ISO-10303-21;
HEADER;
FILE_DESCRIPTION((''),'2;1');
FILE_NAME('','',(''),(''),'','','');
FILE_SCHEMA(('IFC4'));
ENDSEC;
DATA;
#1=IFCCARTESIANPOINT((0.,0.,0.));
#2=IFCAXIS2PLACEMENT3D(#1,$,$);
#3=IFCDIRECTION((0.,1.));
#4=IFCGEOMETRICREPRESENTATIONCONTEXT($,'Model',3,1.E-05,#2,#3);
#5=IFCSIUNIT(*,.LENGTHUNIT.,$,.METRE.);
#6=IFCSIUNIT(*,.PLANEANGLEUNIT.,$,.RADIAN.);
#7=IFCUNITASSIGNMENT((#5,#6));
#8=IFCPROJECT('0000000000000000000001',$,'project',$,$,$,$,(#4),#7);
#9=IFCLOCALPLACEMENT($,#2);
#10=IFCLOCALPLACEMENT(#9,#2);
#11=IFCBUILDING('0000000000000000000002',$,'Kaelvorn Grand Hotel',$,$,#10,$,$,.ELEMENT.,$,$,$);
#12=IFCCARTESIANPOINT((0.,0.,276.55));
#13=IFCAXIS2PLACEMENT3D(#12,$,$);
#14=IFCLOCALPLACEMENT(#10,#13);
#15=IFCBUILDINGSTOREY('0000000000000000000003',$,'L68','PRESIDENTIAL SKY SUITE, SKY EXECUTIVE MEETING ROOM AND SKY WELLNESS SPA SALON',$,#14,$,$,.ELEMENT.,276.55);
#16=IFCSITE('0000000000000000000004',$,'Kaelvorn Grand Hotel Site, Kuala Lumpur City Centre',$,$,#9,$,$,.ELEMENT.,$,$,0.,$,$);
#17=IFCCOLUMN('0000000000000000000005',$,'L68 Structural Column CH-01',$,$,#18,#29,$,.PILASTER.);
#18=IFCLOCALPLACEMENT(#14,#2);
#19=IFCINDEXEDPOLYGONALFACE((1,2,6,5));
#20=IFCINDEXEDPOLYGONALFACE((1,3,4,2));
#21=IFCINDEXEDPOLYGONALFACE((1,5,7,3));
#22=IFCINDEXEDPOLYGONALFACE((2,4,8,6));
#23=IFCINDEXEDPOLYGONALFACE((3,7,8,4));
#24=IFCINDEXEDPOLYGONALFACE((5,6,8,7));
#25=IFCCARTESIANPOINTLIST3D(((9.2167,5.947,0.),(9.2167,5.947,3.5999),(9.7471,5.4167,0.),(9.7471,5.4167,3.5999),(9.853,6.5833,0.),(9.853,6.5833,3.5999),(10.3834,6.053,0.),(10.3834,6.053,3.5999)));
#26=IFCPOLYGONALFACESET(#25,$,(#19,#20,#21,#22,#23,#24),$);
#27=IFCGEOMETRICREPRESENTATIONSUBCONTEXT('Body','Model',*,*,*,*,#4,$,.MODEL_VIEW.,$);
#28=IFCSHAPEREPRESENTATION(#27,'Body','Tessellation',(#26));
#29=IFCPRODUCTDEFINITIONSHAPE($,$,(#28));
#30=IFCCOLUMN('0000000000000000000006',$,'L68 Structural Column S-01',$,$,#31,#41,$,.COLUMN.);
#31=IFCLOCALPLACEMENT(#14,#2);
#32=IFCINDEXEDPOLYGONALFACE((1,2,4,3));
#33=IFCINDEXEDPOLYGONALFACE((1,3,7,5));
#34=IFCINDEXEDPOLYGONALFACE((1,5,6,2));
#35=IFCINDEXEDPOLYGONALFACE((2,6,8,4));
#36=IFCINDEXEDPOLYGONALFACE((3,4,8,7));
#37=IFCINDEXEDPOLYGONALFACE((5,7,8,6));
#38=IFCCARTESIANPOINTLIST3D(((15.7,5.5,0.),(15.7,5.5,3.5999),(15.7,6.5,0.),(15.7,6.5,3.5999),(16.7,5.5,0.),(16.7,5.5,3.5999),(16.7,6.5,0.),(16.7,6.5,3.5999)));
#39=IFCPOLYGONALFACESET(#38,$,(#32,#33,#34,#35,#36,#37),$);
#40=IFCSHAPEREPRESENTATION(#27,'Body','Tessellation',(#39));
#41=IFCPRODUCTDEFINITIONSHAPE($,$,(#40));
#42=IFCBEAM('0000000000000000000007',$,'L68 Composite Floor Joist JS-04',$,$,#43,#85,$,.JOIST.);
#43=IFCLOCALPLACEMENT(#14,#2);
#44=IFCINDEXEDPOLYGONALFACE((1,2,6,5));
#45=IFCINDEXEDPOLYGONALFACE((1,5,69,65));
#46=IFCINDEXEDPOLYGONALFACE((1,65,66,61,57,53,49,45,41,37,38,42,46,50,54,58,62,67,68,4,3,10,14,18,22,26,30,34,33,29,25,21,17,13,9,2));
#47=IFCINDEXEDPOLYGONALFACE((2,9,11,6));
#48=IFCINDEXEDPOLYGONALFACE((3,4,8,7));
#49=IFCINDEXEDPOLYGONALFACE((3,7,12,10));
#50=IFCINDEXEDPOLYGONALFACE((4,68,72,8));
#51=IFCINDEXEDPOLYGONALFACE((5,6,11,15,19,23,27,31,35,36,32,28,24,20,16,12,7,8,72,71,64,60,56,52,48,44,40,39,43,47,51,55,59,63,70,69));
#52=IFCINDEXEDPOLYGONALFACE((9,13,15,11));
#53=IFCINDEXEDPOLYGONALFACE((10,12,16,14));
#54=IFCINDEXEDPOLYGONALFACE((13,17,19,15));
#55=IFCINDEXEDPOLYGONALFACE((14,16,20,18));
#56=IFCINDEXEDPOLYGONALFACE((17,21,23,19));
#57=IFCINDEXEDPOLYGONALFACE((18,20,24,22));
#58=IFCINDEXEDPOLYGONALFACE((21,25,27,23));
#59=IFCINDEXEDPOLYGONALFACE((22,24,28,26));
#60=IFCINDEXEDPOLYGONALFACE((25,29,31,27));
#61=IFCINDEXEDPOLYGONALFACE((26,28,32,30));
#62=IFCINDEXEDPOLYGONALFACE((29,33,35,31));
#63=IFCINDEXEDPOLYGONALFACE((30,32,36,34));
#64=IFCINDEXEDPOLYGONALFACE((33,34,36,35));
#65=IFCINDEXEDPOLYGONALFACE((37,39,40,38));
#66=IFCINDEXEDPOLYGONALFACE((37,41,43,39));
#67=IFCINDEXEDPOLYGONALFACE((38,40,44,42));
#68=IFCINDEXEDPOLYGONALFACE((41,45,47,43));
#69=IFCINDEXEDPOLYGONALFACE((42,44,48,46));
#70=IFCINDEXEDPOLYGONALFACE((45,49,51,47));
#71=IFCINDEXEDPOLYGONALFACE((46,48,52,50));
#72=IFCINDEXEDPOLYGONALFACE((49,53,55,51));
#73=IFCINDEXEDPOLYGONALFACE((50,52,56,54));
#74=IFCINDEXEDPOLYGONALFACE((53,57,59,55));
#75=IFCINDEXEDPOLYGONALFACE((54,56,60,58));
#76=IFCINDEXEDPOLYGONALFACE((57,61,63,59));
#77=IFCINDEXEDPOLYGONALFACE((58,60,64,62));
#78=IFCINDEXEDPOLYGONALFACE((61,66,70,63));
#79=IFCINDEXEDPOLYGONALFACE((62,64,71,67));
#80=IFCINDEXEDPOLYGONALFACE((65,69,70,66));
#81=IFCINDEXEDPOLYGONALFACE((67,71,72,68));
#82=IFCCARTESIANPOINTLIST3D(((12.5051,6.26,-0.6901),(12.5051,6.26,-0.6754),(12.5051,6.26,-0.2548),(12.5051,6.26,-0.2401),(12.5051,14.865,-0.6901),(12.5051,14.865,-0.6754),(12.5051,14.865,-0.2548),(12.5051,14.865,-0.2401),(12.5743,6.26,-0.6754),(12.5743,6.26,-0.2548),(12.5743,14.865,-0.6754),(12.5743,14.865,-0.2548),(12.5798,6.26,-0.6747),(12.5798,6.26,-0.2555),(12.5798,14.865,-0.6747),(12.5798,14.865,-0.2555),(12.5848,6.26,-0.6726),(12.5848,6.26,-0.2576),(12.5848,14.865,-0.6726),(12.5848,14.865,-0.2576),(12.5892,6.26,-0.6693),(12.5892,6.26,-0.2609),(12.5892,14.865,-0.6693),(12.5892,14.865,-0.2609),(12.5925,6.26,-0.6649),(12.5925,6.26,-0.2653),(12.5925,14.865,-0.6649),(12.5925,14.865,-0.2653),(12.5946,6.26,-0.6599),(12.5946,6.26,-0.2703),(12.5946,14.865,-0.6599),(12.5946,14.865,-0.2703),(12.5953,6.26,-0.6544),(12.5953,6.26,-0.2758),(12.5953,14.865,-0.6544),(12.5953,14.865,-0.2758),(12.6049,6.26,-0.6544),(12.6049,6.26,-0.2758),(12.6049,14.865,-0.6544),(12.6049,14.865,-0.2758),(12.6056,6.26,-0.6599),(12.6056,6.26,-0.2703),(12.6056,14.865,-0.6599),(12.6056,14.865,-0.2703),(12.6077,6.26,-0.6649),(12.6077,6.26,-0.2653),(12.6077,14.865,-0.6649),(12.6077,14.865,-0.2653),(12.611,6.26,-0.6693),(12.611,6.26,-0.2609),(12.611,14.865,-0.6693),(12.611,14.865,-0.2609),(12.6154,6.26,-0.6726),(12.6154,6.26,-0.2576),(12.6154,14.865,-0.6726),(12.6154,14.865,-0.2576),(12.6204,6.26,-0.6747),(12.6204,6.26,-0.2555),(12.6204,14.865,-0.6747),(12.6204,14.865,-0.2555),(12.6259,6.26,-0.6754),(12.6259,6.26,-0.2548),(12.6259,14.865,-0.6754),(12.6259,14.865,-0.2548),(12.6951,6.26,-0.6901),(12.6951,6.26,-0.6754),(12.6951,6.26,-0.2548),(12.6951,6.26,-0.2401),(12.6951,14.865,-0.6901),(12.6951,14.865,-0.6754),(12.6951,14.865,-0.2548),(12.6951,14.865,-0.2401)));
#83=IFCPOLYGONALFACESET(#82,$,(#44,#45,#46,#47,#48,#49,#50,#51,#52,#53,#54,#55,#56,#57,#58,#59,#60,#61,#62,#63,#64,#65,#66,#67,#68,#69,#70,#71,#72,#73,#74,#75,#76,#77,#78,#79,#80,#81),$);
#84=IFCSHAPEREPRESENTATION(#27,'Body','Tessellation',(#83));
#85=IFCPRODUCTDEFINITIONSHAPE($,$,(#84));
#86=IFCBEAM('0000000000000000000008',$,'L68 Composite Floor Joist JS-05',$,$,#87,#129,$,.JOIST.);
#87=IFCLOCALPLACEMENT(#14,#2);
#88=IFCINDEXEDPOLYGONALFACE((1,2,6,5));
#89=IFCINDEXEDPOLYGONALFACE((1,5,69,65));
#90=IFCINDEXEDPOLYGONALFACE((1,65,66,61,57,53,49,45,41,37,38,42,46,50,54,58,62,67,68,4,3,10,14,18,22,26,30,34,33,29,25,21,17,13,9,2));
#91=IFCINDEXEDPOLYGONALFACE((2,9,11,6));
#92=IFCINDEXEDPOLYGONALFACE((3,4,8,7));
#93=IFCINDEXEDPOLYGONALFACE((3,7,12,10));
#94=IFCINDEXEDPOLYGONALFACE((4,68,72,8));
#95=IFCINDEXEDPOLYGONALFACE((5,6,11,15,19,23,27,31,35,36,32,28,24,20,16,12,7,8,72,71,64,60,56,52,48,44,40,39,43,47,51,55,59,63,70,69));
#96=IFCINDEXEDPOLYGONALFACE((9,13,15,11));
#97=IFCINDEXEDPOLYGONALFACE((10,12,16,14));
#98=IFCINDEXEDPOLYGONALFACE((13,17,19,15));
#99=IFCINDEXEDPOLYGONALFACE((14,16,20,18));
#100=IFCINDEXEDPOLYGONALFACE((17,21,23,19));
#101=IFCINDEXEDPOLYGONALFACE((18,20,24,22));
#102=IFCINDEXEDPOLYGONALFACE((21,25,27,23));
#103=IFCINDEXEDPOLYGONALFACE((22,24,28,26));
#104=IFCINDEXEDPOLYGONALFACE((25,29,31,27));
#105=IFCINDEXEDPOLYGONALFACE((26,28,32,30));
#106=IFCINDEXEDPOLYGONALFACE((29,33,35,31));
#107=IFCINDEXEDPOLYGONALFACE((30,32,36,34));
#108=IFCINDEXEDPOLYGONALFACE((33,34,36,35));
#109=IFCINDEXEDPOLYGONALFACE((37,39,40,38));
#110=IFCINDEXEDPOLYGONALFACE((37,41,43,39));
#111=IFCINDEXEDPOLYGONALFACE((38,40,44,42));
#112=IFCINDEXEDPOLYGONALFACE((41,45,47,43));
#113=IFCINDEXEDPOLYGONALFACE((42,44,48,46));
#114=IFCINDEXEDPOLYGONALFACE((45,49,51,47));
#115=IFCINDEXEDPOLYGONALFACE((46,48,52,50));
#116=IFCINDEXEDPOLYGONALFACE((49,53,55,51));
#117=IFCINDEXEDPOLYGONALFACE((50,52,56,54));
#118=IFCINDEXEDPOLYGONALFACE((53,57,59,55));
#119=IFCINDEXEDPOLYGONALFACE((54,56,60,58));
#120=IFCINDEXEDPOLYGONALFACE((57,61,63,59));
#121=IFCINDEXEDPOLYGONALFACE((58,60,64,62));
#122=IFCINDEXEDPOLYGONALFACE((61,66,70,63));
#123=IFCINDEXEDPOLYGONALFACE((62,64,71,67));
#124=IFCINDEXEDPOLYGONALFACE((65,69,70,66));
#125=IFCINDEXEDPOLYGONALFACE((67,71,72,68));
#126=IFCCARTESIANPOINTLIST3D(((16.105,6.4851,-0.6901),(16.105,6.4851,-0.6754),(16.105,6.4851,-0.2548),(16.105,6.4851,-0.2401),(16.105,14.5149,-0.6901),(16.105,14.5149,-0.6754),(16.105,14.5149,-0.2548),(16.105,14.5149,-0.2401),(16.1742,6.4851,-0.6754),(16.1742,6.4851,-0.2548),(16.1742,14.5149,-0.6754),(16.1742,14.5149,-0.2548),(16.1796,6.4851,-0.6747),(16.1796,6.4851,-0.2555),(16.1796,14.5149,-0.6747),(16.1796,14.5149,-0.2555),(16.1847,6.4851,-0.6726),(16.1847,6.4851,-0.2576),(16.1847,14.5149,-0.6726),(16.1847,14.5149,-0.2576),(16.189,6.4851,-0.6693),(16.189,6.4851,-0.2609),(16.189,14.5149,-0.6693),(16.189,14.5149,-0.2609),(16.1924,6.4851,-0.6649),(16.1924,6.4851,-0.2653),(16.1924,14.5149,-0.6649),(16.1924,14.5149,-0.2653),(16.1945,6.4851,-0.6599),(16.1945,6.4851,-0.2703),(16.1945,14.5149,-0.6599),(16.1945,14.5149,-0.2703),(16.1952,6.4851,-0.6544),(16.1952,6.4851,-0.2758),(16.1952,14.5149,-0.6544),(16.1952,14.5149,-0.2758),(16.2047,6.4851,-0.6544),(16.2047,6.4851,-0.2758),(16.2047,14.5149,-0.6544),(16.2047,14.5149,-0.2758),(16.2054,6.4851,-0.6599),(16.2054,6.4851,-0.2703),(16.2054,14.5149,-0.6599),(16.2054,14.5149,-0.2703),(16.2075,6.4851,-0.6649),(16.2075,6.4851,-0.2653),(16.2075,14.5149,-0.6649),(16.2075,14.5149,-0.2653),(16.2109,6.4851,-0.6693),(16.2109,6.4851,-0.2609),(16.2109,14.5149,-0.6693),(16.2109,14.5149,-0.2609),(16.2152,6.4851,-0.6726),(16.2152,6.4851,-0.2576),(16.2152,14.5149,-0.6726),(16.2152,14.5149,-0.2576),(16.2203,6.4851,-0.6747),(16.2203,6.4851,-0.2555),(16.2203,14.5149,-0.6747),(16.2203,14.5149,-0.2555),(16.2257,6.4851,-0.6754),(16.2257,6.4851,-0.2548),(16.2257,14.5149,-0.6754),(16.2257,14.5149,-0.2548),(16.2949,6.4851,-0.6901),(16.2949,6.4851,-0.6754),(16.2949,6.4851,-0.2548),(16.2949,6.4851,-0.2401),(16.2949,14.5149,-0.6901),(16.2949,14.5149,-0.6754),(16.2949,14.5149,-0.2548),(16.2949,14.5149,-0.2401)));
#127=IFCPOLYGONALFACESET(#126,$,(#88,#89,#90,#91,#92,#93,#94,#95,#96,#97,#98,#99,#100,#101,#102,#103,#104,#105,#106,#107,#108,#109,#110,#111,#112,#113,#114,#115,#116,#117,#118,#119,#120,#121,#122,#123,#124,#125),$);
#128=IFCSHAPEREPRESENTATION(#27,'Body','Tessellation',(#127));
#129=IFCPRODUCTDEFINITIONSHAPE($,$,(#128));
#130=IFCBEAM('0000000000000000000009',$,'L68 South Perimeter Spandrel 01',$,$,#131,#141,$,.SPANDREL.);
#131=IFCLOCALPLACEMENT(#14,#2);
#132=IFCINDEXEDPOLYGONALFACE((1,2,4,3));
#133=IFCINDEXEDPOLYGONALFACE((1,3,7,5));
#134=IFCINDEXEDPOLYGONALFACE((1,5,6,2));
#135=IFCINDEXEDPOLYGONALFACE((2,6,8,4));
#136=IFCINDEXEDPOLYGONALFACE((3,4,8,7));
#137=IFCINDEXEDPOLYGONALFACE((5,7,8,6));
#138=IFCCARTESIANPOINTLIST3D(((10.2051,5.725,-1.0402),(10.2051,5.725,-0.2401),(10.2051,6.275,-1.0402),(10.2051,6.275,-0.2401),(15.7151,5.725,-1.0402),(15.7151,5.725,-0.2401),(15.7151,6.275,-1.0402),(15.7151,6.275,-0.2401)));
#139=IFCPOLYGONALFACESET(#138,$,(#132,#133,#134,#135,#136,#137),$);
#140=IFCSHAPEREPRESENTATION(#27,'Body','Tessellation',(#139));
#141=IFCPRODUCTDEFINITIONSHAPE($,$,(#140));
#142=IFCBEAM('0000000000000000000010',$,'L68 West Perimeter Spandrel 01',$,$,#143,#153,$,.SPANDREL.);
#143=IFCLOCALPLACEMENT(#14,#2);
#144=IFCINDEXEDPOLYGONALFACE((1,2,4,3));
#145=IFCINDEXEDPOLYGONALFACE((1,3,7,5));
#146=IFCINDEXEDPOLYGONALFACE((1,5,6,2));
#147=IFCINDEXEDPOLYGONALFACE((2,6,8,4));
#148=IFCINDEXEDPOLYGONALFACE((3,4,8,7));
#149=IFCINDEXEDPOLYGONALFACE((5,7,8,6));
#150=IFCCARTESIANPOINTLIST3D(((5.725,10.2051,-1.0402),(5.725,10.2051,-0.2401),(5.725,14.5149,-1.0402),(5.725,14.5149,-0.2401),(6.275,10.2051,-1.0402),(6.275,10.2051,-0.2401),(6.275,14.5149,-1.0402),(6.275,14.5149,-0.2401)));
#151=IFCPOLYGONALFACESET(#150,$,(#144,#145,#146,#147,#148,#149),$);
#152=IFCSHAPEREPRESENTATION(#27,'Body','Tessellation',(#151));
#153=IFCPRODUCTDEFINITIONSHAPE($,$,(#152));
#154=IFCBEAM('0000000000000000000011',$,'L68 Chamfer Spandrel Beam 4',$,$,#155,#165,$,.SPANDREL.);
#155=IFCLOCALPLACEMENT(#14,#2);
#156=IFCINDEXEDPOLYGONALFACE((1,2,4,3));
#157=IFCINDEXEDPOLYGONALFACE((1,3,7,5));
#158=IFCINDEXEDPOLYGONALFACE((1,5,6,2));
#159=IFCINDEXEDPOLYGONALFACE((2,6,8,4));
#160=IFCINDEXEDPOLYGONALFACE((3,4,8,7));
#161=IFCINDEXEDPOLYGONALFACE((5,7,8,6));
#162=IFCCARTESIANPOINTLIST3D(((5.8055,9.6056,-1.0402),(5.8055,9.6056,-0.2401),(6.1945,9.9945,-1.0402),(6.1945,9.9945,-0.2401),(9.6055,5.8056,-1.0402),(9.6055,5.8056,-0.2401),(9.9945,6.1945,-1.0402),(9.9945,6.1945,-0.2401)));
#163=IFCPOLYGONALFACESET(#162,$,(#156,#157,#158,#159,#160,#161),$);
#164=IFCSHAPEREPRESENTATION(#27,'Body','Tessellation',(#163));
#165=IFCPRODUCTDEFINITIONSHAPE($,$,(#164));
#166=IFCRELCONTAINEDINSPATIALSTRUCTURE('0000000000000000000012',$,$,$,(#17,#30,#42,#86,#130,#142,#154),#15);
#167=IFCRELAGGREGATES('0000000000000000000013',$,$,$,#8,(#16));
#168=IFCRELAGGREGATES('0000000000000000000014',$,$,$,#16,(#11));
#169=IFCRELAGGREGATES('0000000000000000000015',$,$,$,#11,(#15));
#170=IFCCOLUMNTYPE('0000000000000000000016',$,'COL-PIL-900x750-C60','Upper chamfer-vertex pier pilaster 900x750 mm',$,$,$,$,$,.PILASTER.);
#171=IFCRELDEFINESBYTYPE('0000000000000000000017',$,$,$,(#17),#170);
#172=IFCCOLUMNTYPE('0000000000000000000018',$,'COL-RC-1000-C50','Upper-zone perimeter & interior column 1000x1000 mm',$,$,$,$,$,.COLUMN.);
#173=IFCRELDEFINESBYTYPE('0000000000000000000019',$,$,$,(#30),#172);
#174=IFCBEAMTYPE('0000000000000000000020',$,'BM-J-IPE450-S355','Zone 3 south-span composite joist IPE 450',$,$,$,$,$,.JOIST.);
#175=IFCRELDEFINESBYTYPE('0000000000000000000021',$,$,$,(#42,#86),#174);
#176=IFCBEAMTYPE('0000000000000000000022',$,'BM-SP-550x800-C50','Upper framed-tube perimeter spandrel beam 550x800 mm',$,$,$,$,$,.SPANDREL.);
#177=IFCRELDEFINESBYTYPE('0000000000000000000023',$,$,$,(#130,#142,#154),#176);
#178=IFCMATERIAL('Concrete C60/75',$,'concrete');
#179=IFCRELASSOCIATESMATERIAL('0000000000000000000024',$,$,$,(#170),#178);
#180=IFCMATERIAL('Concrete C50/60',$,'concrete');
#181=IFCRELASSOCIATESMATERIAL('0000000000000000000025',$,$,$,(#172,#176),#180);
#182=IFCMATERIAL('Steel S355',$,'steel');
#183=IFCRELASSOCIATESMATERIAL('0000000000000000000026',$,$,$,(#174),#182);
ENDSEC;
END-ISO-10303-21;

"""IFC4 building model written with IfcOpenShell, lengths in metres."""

from ifc_helpers import new_model, si_unit, direction, frame, origin, origin_2d, place, context, subcontext, project, spatial, rectangle, i_section, extrude, material, material_profile, profile_set, type_object, element, save


model = new_model("IFC4")

# Units and contexts
model_context = context("Model", 3, precision=1e-05, world=origin(), true_north=direction((0.0, 1.0)))
body_context = subcontext(model_context, "Body", "Model", "MODEL_VIEW")
ifc_project = project(units=[si_unit("LENGTHUNIT", "METRE"), si_unit("PLANEANGLEUNIT", "RADIAN")], contexts=[model_context])

# Site, building, storey
site_placement = place(None, origin())
site = spatial("IfcSite", under=ifc_project, at=site_placement, Name="Kaelvorn Grand Hotel Site, Kuala Lumpur City Centre", CompositionType="ELEMENT", RefElevation=0.0)
building_placement = place(site_placement, origin())
building = spatial("IfcBuilding", under=site, at=building_placement, Name="Kaelvorn Grand Hotel", CompositionType="ELEMENT")
storey_placement = place(building_placement, frame((0.0, 0.0, 276.55)))
storey = spatial("IfcBuildingStorey", under=building, at=storey_placement, Name="L68", Description="PRESIDENTIAL SKY SUITE, SKY EXECUTIVE MEETING ROOM AND SKY WELLNESS SPA SALON", CompositionType="ELEMENT", Elevation=276.55)

# Columns
ifc_material_1 = material(Name="Concrete C60/75", Category="concrete")
ifc_material_profile_1 = material_profile(ifc_material_1, rectangle(XDim=0.8999, YDim=0.75, at=origin_2d()), Name="RC PILASTER 900x750")
ifc_profile_set_1 = profile_set([ifc_material_profile_1], Name="Concrete C60/75")
column_type_1 = type_object("IfcColumnType", Name="COL-PIL-900x750-C60", Description="Upper chamfer-vertex pier pilaster 900x750 mm", PredefinedType="PILASTER", material=ifc_profile_set_1)
column_1_placement = place(storey_placement, frame((9.8, 6.0, 0.0), z_axis=(0.0, 0.0, 1.0), x_axis=(0.707107, 0.707107, 0.0)))
element("IfcColumn", 1, at=column_1_placement, inside=storey, type_object=column_type_1, Name="L68 Structural Column CH-01", PredefinedType="PILASTER", context=body_context, shape_type="SweptSolid", body=[
    extrude(rectangle(XDim=0.8999, YDim=0.75, at=origin_2d()), origin(), (0.0, 0.0, 1.0), 3.5999),
])
ifc_material_2 = material(Name="Concrete C50/60", Category="concrete")
ifc_material_profile_2 = material_profile(ifc_material_2, rectangle(XDim=1.0, YDim=1.0, at=origin_2d()), Name="RC COL 1000x1000")
ifc_profile_set_2 = profile_set([ifc_material_profile_2], Name="Concrete C50/60")
column_type_2 = type_object("IfcColumnType", Name="COL-RC-1000-C50", Description="Upper-zone perimeter & interior column 1000x1000 mm", PredefinedType="COLUMN", material=ifc_profile_set_2)
column_2_placement = place(storey_placement, frame((16.2, 6.0, 0.0), z_axis=(0.0, 0.0, 1.0), x_axis=(1.0, 0.0, 0.0)))
element("IfcColumn", 2, at=column_2_placement, inside=storey, type_object=column_type_2, Name="L68 Structural Column S-01", PredefinedType="COLUMN", context=body_context, shape_type="SweptSolid", body=[
    extrude(rectangle(XDim=1.0, YDim=1.0, at=origin_2d()), origin(), (0.0, 0.0, 1.0), 3.5999),
])

# Beams
ifc_material_3 = material(Name="Steel S355", Category="steel")
ifc_material_profile_3 = material_profile(ifc_material_3, i_section(OverallWidth=0.1899, OverallDepth=0.45, WebThickness=0.0095, FlangeThickness=0.0146, FilletRadius=0.021, at=origin_2d()), Name="IPE 450")
ifc_profile_set_3 = profile_set([ifc_material_profile_3], Name="Steel S355")
beam_type_1 = type_object("IfcBeamType", Name="BM-J-IPE450-S355", Description="Zone 3 south-span composite joist IPE 450", PredefinedType="JOIST", material=ifc_profile_set_3)
beam_1_placement = place(storey_placement, frame((12.6001, 6.26, -0.4651), z_axis=(0.0, 1.0, 0.0), x_axis=(-1.0, 0.0, 0.0)))
element("IfcBeam", 3, at=beam_1_placement, inside=storey, type_object=beam_type_1, Name="L68 Composite Floor Joist JS-04", PredefinedType="JOIST", context=body_context, shape_type="SweptSolid", body=[
    extrude(i_section(OverallWidth=0.1899, OverallDepth=0.45, WebThickness=0.0095, FlangeThickness=0.0146, FilletRadius=0.021, at=origin_2d()), origin(), (0.0, 0.0, 1.0), 8.605),
])
beam_2_placement = place(storey_placement, frame((16.2, 6.4851, -0.4651), z_axis=(0.0, 1.0, 0.0), x_axis=(-1.0, 0.0, 0.0)))
element("IfcBeam", 4, at=beam_2_placement, inside=storey, type_object=beam_type_1, Name="L68 Composite Floor Joist JS-05", PredefinedType="JOIST", context=body_context, shape_type="SweptSolid", body=[
    extrude(i_section(OverallWidth=0.1899, OverallDepth=0.45, WebThickness=0.0095, FlangeThickness=0.0146, FilletRadius=0.021, at=origin_2d()), origin(), (0.0, 0.0, 1.0), 8.0298),
])
ifc_material_profile_4 = material_profile(ifc_material_2, rectangle(XDim=0.55, YDim=0.8, at=origin_2d()), Name="RC SPANDREL 550x800")
ifc_profile_set_4 = profile_set([ifc_material_profile_4], Name="Concrete C50/60")
beam_type_2 = type_object("IfcBeamType", Name="BM-SP-550x800-C50", Description="Upper framed-tube perimeter spandrel beam 550x800 mm", PredefinedType="SPANDREL", material=ifc_profile_set_4)
beam_3_placement = place(storey_placement, frame((10.2051, 6.0, -0.6401), z_axis=(1.0, 0.0, 0.0), x_axis=(0.0, 1.0, 0.0)))
element("IfcBeam", 5, at=beam_3_placement, inside=storey, type_object=beam_type_2, Name="L68 South Perimeter Spandrel 01", PredefinedType="SPANDREL", context=body_context, shape_type="SweptSolid", body=[
    extrude(rectangle(XDim=0.55, YDim=0.8, at=origin_2d()), origin(), (0.0, 0.0, 1.0), 5.51),
])
beam_4_placement = place(storey_placement, frame((6.0, 10.2051, -0.6401), z_axis=(0.0, 1.0, 0.0), x_axis=(-1.0, 0.0, 0.0)))
element("IfcBeam", 6, at=beam_4_placement, inside=storey, type_object=beam_type_2, Name="L68 West Perimeter Spandrel 01", PredefinedType="SPANDREL", context=body_context, shape_type="SweptSolid", body=[
    extrude(rectangle(XDim=0.55, YDim=0.8, at=origin_2d()), origin(), (0.0, 0.0, 1.0), 4.3098),
])
beam_5_placement = place(storey_placement, frame((6.0, 9.8, -0.6401), z_axis=(0.707107, -0.707107, 0.0), x_axis=(0.707107, 0.707107, 0.0)))
element("IfcBeam", 7, at=beam_5_placement, inside=storey, type_object=beam_type_2, Name="L68 Chamfer Spandrel Beam 4", PredefinedType="SPANDREL", context=body_context, shape_type="SweptSolid", body=[
    extrude(rectangle(XDim=0.55, YDim=0.8, at=origin_2d()), origin(), (0.0, 0.0, 1.0), 5.374),
])

save(model, "model.ifc")
